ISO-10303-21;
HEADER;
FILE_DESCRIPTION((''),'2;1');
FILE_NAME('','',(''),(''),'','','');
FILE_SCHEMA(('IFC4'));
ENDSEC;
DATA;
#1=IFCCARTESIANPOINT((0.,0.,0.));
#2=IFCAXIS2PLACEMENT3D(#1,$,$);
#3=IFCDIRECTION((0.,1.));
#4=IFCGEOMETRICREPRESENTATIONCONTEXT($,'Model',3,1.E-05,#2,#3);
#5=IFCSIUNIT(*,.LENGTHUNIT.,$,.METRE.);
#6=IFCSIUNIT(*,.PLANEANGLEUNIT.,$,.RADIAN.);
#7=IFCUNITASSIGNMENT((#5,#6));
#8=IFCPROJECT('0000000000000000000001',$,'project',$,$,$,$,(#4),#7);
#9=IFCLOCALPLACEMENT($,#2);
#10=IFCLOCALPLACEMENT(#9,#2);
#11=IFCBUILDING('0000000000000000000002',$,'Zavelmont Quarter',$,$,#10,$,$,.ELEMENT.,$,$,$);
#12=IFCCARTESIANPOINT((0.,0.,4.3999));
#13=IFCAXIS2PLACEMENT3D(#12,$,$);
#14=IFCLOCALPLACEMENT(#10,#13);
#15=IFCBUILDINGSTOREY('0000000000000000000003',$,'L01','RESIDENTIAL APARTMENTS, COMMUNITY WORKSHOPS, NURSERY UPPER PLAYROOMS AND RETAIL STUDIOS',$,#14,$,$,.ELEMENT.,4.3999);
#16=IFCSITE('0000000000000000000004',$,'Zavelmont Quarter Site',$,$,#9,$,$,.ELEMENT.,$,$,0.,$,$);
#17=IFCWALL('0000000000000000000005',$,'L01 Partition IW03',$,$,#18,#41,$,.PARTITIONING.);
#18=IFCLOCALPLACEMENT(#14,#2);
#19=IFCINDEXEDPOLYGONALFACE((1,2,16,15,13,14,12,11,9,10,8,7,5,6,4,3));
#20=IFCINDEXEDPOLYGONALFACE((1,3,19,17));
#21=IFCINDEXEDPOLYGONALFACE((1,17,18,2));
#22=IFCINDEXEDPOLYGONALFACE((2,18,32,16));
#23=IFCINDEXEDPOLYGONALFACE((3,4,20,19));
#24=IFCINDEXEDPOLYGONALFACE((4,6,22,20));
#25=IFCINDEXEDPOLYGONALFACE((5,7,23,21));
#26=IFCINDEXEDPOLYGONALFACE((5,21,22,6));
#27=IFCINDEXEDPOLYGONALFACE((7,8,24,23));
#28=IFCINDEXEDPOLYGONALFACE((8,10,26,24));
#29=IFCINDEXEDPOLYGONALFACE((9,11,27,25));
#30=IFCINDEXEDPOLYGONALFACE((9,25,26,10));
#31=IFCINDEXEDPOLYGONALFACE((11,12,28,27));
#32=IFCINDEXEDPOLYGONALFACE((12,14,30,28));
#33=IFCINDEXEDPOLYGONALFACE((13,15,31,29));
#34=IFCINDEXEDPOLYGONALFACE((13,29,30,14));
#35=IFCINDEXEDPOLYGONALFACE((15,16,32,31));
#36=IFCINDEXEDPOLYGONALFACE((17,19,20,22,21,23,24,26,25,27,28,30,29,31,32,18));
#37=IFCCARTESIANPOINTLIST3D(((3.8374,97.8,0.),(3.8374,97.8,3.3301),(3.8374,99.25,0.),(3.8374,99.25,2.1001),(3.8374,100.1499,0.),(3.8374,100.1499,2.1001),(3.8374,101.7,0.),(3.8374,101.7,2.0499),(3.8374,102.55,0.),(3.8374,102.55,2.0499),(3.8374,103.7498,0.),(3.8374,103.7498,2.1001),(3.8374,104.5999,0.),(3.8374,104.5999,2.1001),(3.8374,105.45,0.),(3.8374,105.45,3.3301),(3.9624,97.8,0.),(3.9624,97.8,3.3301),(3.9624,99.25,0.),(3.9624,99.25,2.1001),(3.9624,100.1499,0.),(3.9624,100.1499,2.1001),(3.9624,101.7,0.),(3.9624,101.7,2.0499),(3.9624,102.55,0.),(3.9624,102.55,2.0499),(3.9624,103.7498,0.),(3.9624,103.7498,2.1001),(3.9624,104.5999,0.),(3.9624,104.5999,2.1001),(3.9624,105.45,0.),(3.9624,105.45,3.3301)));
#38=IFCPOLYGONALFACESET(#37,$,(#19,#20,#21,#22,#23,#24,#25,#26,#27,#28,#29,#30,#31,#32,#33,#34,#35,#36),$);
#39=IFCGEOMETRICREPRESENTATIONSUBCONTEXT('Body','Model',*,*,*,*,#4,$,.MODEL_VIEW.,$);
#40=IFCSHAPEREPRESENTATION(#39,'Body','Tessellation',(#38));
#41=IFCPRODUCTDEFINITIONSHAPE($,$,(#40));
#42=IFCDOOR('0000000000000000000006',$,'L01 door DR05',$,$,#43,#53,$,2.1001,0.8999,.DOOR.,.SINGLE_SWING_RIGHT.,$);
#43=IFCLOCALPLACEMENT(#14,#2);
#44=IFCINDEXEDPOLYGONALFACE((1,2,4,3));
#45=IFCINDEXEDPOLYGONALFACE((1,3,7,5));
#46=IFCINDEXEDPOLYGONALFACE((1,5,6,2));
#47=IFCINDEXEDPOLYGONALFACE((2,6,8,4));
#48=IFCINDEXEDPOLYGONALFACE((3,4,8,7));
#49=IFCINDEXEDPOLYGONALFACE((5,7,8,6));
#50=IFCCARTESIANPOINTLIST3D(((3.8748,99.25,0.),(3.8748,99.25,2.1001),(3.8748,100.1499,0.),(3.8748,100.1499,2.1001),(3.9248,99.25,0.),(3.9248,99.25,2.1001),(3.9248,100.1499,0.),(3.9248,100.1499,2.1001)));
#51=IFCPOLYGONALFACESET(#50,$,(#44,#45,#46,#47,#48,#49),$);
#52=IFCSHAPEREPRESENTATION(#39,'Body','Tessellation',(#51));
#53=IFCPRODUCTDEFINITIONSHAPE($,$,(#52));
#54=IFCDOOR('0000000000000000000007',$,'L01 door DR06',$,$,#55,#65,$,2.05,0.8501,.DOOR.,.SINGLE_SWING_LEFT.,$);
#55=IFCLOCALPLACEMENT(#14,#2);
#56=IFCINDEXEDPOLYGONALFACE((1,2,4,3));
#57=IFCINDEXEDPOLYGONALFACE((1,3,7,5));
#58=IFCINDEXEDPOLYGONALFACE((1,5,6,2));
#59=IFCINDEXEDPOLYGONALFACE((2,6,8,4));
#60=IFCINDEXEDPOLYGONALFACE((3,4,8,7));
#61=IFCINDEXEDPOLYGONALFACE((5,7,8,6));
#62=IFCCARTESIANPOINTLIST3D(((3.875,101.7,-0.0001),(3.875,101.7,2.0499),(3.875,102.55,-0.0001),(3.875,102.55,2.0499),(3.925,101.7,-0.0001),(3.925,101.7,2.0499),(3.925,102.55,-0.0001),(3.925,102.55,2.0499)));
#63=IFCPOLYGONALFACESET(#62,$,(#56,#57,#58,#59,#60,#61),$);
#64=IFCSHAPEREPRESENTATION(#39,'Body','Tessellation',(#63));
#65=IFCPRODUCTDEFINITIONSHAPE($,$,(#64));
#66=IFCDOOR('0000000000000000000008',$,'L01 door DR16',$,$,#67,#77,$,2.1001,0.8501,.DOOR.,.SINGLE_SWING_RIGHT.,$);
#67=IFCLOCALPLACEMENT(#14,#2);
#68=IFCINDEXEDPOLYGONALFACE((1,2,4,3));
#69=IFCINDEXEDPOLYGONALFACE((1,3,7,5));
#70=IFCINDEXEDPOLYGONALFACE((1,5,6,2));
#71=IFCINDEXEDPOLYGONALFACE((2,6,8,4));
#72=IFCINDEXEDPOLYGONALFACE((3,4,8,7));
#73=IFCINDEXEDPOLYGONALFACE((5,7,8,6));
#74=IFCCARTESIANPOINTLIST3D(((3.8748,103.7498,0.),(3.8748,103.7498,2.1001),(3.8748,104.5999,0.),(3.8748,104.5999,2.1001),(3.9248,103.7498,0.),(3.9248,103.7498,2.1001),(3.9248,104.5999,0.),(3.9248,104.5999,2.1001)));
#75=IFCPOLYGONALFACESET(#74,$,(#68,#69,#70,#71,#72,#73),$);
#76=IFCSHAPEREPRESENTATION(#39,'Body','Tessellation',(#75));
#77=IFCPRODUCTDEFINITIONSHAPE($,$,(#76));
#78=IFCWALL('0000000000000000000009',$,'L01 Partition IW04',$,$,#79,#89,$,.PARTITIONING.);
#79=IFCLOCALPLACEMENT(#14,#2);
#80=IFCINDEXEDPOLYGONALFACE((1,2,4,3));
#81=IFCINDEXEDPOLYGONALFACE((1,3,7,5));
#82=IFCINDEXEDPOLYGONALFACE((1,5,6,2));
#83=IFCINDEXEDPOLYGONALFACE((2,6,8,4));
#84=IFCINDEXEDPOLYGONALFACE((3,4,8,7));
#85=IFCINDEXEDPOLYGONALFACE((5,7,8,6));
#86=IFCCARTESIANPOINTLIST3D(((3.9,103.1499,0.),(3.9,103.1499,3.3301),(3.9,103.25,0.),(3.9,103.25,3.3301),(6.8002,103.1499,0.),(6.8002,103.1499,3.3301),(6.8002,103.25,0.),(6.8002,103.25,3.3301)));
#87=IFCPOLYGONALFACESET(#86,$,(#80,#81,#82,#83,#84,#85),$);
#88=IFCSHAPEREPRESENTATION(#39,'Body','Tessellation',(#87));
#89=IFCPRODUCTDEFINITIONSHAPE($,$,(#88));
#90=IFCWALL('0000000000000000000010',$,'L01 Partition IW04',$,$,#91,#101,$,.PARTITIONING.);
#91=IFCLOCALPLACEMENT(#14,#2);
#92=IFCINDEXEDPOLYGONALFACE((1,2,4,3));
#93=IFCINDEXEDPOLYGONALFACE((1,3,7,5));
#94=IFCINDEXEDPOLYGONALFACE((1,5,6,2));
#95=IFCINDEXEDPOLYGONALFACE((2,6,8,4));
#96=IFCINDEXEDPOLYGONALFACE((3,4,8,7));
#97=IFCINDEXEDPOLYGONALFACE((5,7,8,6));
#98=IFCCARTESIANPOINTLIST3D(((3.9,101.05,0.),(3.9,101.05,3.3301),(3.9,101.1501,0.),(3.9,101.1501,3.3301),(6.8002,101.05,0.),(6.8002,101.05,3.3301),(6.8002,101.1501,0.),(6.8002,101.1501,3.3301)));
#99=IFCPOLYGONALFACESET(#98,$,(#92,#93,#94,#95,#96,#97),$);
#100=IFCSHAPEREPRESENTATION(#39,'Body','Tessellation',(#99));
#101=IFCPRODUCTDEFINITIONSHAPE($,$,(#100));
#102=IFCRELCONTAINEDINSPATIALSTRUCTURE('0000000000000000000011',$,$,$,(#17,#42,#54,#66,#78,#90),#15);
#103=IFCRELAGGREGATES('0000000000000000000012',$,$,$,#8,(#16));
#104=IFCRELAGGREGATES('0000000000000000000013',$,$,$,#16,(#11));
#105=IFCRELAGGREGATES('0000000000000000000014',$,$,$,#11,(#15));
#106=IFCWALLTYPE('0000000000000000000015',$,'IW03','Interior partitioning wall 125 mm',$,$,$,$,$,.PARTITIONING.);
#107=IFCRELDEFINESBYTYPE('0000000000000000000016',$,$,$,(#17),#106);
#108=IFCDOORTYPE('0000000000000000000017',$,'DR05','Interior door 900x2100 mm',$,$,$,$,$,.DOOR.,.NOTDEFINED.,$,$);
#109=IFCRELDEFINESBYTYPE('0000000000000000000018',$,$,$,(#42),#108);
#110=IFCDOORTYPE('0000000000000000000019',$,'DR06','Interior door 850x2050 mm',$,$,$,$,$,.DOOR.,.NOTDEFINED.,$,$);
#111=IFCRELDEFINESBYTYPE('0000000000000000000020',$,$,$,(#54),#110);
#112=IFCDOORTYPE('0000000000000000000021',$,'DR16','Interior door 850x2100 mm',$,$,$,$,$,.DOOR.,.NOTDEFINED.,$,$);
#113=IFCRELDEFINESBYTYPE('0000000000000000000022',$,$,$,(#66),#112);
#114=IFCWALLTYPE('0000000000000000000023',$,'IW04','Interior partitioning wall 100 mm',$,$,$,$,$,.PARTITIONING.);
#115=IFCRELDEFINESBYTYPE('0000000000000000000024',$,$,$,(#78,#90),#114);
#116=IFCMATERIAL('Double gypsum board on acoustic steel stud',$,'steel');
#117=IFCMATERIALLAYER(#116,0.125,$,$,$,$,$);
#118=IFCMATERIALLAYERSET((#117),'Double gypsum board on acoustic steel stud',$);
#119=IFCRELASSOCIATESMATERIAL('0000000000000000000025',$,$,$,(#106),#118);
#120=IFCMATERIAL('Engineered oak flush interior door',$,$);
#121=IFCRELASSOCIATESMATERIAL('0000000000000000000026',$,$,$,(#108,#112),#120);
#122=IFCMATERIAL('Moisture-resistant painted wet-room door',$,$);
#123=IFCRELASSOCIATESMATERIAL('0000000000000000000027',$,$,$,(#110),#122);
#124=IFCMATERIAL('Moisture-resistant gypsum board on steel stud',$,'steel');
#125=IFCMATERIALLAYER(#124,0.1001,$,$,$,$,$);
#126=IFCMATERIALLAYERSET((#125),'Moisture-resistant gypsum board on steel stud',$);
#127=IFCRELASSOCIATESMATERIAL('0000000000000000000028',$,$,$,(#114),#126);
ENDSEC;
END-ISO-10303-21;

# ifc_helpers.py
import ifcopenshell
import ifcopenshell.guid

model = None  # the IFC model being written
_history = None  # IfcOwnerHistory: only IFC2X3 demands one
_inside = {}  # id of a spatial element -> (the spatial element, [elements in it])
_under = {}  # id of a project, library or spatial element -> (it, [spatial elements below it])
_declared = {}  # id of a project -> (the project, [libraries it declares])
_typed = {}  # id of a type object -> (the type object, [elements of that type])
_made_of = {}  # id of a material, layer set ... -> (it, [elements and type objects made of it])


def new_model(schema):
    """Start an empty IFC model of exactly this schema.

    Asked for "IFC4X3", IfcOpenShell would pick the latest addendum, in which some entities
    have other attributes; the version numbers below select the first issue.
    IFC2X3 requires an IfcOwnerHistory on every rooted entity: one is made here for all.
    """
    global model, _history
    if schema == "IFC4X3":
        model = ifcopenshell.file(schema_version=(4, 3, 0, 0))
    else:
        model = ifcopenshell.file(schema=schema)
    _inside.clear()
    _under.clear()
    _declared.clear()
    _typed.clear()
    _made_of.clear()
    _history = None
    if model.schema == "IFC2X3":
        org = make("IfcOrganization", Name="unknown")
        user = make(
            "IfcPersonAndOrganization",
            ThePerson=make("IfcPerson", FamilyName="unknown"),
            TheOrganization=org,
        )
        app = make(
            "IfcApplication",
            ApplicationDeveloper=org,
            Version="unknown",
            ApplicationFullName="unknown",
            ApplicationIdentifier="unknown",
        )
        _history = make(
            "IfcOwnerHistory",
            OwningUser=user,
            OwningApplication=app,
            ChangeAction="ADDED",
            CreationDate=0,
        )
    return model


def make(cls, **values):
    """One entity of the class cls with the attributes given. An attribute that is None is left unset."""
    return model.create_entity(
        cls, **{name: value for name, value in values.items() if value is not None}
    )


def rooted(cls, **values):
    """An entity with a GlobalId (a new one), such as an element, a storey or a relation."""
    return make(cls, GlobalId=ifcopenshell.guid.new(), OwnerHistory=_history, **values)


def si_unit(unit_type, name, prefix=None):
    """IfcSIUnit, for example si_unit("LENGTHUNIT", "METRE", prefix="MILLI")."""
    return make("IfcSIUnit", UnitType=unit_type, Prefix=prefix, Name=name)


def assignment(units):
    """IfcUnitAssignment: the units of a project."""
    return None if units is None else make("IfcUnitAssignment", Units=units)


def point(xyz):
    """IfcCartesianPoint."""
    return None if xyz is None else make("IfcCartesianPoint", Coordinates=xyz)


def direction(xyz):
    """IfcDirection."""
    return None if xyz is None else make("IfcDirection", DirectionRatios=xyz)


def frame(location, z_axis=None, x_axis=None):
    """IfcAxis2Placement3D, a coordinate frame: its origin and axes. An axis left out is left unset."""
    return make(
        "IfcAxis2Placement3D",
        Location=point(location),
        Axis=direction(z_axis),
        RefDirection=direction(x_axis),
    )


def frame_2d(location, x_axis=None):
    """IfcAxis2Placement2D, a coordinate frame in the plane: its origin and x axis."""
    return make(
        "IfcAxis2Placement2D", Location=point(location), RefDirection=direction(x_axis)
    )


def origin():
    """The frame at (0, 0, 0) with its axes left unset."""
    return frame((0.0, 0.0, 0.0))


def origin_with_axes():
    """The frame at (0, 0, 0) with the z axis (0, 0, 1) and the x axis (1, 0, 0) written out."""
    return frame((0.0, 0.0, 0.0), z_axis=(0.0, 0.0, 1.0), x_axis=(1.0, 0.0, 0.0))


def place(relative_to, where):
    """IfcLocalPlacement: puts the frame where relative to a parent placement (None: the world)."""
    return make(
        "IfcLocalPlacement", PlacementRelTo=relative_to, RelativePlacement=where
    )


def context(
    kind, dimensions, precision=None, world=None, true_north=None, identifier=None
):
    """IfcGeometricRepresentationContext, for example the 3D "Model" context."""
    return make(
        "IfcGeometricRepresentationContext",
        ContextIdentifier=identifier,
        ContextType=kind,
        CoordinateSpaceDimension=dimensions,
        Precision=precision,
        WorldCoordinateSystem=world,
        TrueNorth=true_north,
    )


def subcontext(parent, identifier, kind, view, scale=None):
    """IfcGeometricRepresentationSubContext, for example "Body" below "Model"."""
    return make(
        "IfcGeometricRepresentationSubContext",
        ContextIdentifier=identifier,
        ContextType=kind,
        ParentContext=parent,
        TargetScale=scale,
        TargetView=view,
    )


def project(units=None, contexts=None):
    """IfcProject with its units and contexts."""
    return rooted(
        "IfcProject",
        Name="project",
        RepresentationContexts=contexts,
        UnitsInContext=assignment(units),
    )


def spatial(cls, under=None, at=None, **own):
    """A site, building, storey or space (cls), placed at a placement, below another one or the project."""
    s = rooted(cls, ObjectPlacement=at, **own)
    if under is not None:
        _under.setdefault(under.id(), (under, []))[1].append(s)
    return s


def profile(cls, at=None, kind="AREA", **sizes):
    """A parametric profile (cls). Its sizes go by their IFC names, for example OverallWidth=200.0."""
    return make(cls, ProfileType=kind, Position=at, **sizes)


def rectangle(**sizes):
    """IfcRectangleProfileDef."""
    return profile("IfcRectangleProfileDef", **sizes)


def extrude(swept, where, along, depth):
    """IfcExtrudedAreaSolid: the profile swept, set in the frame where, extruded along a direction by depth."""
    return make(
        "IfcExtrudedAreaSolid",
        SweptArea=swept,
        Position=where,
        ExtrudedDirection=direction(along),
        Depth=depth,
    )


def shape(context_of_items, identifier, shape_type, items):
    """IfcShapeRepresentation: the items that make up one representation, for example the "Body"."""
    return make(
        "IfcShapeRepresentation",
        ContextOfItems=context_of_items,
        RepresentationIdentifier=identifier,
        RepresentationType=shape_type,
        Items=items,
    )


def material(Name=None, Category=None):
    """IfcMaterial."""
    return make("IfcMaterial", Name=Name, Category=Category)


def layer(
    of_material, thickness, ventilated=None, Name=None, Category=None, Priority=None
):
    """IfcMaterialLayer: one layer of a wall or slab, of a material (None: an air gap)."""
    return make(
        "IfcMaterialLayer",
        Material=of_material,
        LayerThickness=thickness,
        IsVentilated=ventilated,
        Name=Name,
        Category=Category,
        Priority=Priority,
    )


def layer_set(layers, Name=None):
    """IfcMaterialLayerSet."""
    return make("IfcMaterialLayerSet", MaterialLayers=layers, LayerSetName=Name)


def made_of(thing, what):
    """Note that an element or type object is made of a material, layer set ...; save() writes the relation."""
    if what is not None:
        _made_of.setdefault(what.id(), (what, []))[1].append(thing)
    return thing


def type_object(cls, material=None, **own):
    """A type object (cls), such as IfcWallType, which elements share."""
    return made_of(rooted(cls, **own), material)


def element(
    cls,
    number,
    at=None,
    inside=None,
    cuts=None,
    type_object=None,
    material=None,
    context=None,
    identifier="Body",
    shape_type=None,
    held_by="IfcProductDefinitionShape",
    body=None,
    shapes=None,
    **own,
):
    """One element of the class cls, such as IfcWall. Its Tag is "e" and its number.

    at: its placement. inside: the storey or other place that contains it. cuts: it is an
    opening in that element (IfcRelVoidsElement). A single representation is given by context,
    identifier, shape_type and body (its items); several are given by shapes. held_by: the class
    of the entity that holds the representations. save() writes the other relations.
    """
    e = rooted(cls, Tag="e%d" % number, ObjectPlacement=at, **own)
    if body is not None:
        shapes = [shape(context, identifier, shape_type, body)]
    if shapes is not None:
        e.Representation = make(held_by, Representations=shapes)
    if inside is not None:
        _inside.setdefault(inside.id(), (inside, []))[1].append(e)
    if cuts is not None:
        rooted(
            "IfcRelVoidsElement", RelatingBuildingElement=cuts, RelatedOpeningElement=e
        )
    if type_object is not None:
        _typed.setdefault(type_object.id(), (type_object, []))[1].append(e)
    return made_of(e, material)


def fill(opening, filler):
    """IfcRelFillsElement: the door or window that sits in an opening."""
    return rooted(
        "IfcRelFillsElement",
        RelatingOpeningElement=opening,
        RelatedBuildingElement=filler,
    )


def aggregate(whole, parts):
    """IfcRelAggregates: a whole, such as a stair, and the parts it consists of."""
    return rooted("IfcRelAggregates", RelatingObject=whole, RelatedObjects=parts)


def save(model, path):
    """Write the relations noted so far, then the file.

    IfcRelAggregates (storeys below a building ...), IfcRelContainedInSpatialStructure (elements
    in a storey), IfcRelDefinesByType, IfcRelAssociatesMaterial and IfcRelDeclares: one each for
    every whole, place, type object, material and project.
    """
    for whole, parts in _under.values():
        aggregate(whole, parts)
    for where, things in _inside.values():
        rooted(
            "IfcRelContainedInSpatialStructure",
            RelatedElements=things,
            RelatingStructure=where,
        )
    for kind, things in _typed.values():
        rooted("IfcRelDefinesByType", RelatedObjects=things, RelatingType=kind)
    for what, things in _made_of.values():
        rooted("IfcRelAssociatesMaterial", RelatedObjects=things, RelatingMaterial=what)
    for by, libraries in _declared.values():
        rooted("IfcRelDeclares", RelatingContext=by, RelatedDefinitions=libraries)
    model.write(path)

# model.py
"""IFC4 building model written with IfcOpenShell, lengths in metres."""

from ifc_helpers import new_model, si_unit, direction, frame, frame_2d, origin, origin_with_axes, place, context, subcontext, project, spatial, rectangle, extrude, material, layer, layer_set, type_object, element, fill, save


model = new_model("IFC4")

# Units and contexts
model_context = context("Model", 3, precision=1e-05, world=origin(), true_north=direction((0.0, 1.0)))
body_context = subcontext(model_context, "Body", "Model", "MODEL_VIEW")
ifc_project = project(units=[si_unit("LENGTHUNIT", "METRE"), si_unit("PLANEANGLEUNIT", "RADIAN")], contexts=[model_context])

# Site, building, storey
site_placement = place(None, origin())
site = spatial("IfcSite", under=ifc_project, at=site_placement, Name="Zavelmont Quarter Site", CompositionType="ELEMENT", RefElevation=0.0)
building_placement = place(site_placement, origin())
building = spatial("IfcBuilding", under=site, at=building_placement, Name="Zavelmont Quarter", CompositionType="ELEMENT")
storey_placement = place(building_placement, frame((0.0, 0.0, 4.3999)))
storey = spatial("IfcBuildingStorey", under=building, at=storey_placement, Name="L01", Description="RESIDENTIAL APARTMENTS, COMMUNITY WORKSHOPS, NURSERY UPPER PLAYROOMS AND RETAIL STUDIOS", CompositionType="ELEMENT", Elevation=4.3999)

# Wall, openings, doors
ifc_material_1 = material(Name="Double gypsum board on acoustic steel stud", Category="steel")
ifc_layer_1 = layer(ifc_material_1, 0.125)
ifc_layer_set_1 = layer_set([ifc_layer_1], Name="Double gypsum board on acoustic steel stud")
wall_type_1 = type_object("IfcWallType", Name="IW03", Description="Interior partitioning wall 125 mm", PredefinedType="PARTITIONING", material=ifc_layer_set_1)
wall_1_placement = place(storey_placement, frame((3.8999, 105.45, 0.0), z_axis=(0.0, 0.0, 1.0), x_axis=(0.0, -1.0, 0.0)))
wall_1 = element("IfcWall", 1, at=wall_1_placement, inside=storey, type_object=wall_type_1, Name="L01 Partition IW03", PredefinedType="PARTITIONING", context=body_context, shape_type="SweptSolid", body=[
    extrude(rectangle(XDim=7.6499, YDim=0.125, at=frame_2d((3.825, 0.0))), origin(), (0.0, 0.0, 1.0), 3.3301),
])
opening_1_placement = place(wall_1_placement, frame((0.8501, 0.0, 0.0)))
opening_1 = element("IfcOpeningElement", 2, at=opening_1_placement, cuts=wall_1, PredefinedType="OPENING", context=body_context, shape_type="SweptSolid", body=[
    extrude(rectangle(XDim=0.8501, YDim=2.1001, at=frame_2d((0.425, 1.05))), frame((0.0, 0.0745, 0.0), z_axis=(0.0, -1.0, 0.0), x_axis=(1.0, 0.0, 0.0)), (0.0, 0.0, 1.0), 0.1489),
])
opening_2_placement = place(wall_1_placement, frame((2.8999, 0.0, 0.0)))
opening_2 = element("IfcOpeningElement", 3, at=opening_2_placement, cuts=wall_1, PredefinedType="OPENING", context=body_context, shape_type="SweptSolid", body=[
    extrude(rectangle(XDim=0.8501, YDim=2.05, at=frame_2d((0.425, 1.0249))), frame((0.0, 0.0745, 0.0), z_axis=(0.0, -1.0, 0.0), x_axis=(1.0, 0.0, 0.0)), (0.0, 0.0, 1.0), 0.1489),
])
opening_3_placement = place(wall_1_placement, frame((5.3, 0.0, 0.0)))
opening_3 = element("IfcOpeningElement", 4, at=opening_3_placement, cuts=wall_1, PredefinedType="OPENING", context=body_context, shape_type="SweptSolid", body=[
    extrude(rectangle(XDim=0.8999, YDim=2.1001, at=frame_2d((0.45, 1.05))), frame((0.0, 0.0745, 0.0), z_axis=(0.0, -1.0, 0.0), x_axis=(1.0, 0.0, 0.0)), (0.0, 0.0, 1.0), 0.1489),
])
ifc_material_2 = material(Name="Engineered oak flush interior door")
door_type_1 = type_object("IfcDoorType", Name="DR05", Description="Interior door 900x2100 mm", OperationType="NOTDEFINED", PredefinedType="DOOR", material=ifc_material_2)
door_1_placement = place(opening_3_placement, origin_with_axes())
door_1 = element("IfcDoor", 5, at=door_1_placement, inside=storey, type_object=door_type_1, Name="L01 door DR05", OperationType="SINGLE_SWING_RIGHT", OverallHeight=2.1001, OverallWidth=0.8999, PredefinedType="DOOR", context=body_context, shape_type="SweptSolid", body=[
    extrude(rectangle(XDim=0.8999, YDim=2.1001, at=frame_2d((0.45, 1.05))), frame((0.0, 0.0249, 0.0), z_axis=(0.0, -1.0, 0.0), x_axis=(1.0, 0.0, 0.0)), (0.0, 0.0, 1.0), 0.05),
])
fill(opening_3, door_1)
ifc_material_3 = material(Name="Moisture-resistant painted wet-room door")
door_type_2 = type_object("IfcDoorType", Name="DR06", Description="Interior door 850x2050 mm", OperationType="NOTDEFINED", PredefinedType="DOOR", material=ifc_material_3)
door_2_placement = place(opening_2_placement, frame((0.8501, 0.0, 0.0), z_axis=(0.0, 0.0, 1.0), x_axis=(-1.0, 0.0, 0.0)))
door_2 = element("IfcDoor", 6, at=door_2_placement, inside=storey, type_object=door_type_2, Name="L01 door DR06", OperationType="SINGLE_SWING_LEFT", OverallHeight=2.05, OverallWidth=0.8501, PredefinedType="DOOR", context=body_context, shape_type="SweptSolid", body=[
    extrude(rectangle(XDim=0.8501, YDim=2.05, at=frame_2d((0.425, 1.0249))), frame((0.0, 0.0249, 0.0), z_axis=(0.0, -1.0, 0.0), x_axis=(1.0, 0.0, 0.0)), (0.0, 0.0, 1.0), 0.05),
])
fill(opening_2, door_2)
door_type_3 = type_object("IfcDoorType", Name="DR16", Description="Interior door 850x2100 mm", OperationType="NOTDEFINED", PredefinedType="DOOR", material=ifc_material_2)
door_3_placement = place(opening_1_placement, origin_with_axes())
door_3 = element("IfcDoor", 7, at=door_3_placement, inside=storey, type_object=door_type_3, Name="L01 door DR16", OperationType="SINGLE_SWING_RIGHT", OverallHeight=2.1001, OverallWidth=0.8501, PredefinedType="DOOR", context=body_context, shape_type="SweptSolid", body=[
    extrude(rectangle(XDim=0.8501, YDim=2.1001, at=frame_2d((0.425, 1.05))), frame((0.0, 0.0249, 0.0), z_axis=(0.0, -1.0, 0.0), x_axis=(1.0, 0.0, 0.0)), (0.0, 0.0, 1.0), 0.05),
])
fill(opening_1, door_3)

# Walls
ifc_material_4 = material(Name="Moisture-resistant gypsum board on steel stud", Category="steel")
ifc_layer_2 = layer(ifc_material_4, 0.1001)
ifc_layer_set_2 = layer_set([ifc_layer_2], Name="Moisture-resistant gypsum board on steel stud")
wall_type_2 = type_object("IfcWallType", Name="IW04", Description="Interior partitioning wall 100 mm", PredefinedType="PARTITIONING", material=ifc_layer_set_2)
for number, where, z_axis, x_axis, name in (
    (8, (3.8999, 103.2, 0.0), (0.0, 0.0, 1.0), (1.0, 0.0, 0.0), "L01 Partition IW04"),
    (9, (3.8999, 101.1001, 0.0), (0.0, 0.0, 1.0), (1.0, 0.0, 0.0), "L01 Partition IW04"),
):
    element("IfcWall", number, at=place(storey_placement, frame(where, z_axis=z_axis, x_axis=x_axis)), inside=storey, type_object=wall_type_2, Name=name, PredefinedType="PARTITIONING", context=body_context, shape_type="SweptSolid", body=[
        extrude(rectangle(XDim=2.9001, YDim=0.1001, at=frame_2d((1.4502, 0.0))), origin(), (0.0, 0.0, 1.0), 3.3301),
    ])

save(model, "model.ifc")
